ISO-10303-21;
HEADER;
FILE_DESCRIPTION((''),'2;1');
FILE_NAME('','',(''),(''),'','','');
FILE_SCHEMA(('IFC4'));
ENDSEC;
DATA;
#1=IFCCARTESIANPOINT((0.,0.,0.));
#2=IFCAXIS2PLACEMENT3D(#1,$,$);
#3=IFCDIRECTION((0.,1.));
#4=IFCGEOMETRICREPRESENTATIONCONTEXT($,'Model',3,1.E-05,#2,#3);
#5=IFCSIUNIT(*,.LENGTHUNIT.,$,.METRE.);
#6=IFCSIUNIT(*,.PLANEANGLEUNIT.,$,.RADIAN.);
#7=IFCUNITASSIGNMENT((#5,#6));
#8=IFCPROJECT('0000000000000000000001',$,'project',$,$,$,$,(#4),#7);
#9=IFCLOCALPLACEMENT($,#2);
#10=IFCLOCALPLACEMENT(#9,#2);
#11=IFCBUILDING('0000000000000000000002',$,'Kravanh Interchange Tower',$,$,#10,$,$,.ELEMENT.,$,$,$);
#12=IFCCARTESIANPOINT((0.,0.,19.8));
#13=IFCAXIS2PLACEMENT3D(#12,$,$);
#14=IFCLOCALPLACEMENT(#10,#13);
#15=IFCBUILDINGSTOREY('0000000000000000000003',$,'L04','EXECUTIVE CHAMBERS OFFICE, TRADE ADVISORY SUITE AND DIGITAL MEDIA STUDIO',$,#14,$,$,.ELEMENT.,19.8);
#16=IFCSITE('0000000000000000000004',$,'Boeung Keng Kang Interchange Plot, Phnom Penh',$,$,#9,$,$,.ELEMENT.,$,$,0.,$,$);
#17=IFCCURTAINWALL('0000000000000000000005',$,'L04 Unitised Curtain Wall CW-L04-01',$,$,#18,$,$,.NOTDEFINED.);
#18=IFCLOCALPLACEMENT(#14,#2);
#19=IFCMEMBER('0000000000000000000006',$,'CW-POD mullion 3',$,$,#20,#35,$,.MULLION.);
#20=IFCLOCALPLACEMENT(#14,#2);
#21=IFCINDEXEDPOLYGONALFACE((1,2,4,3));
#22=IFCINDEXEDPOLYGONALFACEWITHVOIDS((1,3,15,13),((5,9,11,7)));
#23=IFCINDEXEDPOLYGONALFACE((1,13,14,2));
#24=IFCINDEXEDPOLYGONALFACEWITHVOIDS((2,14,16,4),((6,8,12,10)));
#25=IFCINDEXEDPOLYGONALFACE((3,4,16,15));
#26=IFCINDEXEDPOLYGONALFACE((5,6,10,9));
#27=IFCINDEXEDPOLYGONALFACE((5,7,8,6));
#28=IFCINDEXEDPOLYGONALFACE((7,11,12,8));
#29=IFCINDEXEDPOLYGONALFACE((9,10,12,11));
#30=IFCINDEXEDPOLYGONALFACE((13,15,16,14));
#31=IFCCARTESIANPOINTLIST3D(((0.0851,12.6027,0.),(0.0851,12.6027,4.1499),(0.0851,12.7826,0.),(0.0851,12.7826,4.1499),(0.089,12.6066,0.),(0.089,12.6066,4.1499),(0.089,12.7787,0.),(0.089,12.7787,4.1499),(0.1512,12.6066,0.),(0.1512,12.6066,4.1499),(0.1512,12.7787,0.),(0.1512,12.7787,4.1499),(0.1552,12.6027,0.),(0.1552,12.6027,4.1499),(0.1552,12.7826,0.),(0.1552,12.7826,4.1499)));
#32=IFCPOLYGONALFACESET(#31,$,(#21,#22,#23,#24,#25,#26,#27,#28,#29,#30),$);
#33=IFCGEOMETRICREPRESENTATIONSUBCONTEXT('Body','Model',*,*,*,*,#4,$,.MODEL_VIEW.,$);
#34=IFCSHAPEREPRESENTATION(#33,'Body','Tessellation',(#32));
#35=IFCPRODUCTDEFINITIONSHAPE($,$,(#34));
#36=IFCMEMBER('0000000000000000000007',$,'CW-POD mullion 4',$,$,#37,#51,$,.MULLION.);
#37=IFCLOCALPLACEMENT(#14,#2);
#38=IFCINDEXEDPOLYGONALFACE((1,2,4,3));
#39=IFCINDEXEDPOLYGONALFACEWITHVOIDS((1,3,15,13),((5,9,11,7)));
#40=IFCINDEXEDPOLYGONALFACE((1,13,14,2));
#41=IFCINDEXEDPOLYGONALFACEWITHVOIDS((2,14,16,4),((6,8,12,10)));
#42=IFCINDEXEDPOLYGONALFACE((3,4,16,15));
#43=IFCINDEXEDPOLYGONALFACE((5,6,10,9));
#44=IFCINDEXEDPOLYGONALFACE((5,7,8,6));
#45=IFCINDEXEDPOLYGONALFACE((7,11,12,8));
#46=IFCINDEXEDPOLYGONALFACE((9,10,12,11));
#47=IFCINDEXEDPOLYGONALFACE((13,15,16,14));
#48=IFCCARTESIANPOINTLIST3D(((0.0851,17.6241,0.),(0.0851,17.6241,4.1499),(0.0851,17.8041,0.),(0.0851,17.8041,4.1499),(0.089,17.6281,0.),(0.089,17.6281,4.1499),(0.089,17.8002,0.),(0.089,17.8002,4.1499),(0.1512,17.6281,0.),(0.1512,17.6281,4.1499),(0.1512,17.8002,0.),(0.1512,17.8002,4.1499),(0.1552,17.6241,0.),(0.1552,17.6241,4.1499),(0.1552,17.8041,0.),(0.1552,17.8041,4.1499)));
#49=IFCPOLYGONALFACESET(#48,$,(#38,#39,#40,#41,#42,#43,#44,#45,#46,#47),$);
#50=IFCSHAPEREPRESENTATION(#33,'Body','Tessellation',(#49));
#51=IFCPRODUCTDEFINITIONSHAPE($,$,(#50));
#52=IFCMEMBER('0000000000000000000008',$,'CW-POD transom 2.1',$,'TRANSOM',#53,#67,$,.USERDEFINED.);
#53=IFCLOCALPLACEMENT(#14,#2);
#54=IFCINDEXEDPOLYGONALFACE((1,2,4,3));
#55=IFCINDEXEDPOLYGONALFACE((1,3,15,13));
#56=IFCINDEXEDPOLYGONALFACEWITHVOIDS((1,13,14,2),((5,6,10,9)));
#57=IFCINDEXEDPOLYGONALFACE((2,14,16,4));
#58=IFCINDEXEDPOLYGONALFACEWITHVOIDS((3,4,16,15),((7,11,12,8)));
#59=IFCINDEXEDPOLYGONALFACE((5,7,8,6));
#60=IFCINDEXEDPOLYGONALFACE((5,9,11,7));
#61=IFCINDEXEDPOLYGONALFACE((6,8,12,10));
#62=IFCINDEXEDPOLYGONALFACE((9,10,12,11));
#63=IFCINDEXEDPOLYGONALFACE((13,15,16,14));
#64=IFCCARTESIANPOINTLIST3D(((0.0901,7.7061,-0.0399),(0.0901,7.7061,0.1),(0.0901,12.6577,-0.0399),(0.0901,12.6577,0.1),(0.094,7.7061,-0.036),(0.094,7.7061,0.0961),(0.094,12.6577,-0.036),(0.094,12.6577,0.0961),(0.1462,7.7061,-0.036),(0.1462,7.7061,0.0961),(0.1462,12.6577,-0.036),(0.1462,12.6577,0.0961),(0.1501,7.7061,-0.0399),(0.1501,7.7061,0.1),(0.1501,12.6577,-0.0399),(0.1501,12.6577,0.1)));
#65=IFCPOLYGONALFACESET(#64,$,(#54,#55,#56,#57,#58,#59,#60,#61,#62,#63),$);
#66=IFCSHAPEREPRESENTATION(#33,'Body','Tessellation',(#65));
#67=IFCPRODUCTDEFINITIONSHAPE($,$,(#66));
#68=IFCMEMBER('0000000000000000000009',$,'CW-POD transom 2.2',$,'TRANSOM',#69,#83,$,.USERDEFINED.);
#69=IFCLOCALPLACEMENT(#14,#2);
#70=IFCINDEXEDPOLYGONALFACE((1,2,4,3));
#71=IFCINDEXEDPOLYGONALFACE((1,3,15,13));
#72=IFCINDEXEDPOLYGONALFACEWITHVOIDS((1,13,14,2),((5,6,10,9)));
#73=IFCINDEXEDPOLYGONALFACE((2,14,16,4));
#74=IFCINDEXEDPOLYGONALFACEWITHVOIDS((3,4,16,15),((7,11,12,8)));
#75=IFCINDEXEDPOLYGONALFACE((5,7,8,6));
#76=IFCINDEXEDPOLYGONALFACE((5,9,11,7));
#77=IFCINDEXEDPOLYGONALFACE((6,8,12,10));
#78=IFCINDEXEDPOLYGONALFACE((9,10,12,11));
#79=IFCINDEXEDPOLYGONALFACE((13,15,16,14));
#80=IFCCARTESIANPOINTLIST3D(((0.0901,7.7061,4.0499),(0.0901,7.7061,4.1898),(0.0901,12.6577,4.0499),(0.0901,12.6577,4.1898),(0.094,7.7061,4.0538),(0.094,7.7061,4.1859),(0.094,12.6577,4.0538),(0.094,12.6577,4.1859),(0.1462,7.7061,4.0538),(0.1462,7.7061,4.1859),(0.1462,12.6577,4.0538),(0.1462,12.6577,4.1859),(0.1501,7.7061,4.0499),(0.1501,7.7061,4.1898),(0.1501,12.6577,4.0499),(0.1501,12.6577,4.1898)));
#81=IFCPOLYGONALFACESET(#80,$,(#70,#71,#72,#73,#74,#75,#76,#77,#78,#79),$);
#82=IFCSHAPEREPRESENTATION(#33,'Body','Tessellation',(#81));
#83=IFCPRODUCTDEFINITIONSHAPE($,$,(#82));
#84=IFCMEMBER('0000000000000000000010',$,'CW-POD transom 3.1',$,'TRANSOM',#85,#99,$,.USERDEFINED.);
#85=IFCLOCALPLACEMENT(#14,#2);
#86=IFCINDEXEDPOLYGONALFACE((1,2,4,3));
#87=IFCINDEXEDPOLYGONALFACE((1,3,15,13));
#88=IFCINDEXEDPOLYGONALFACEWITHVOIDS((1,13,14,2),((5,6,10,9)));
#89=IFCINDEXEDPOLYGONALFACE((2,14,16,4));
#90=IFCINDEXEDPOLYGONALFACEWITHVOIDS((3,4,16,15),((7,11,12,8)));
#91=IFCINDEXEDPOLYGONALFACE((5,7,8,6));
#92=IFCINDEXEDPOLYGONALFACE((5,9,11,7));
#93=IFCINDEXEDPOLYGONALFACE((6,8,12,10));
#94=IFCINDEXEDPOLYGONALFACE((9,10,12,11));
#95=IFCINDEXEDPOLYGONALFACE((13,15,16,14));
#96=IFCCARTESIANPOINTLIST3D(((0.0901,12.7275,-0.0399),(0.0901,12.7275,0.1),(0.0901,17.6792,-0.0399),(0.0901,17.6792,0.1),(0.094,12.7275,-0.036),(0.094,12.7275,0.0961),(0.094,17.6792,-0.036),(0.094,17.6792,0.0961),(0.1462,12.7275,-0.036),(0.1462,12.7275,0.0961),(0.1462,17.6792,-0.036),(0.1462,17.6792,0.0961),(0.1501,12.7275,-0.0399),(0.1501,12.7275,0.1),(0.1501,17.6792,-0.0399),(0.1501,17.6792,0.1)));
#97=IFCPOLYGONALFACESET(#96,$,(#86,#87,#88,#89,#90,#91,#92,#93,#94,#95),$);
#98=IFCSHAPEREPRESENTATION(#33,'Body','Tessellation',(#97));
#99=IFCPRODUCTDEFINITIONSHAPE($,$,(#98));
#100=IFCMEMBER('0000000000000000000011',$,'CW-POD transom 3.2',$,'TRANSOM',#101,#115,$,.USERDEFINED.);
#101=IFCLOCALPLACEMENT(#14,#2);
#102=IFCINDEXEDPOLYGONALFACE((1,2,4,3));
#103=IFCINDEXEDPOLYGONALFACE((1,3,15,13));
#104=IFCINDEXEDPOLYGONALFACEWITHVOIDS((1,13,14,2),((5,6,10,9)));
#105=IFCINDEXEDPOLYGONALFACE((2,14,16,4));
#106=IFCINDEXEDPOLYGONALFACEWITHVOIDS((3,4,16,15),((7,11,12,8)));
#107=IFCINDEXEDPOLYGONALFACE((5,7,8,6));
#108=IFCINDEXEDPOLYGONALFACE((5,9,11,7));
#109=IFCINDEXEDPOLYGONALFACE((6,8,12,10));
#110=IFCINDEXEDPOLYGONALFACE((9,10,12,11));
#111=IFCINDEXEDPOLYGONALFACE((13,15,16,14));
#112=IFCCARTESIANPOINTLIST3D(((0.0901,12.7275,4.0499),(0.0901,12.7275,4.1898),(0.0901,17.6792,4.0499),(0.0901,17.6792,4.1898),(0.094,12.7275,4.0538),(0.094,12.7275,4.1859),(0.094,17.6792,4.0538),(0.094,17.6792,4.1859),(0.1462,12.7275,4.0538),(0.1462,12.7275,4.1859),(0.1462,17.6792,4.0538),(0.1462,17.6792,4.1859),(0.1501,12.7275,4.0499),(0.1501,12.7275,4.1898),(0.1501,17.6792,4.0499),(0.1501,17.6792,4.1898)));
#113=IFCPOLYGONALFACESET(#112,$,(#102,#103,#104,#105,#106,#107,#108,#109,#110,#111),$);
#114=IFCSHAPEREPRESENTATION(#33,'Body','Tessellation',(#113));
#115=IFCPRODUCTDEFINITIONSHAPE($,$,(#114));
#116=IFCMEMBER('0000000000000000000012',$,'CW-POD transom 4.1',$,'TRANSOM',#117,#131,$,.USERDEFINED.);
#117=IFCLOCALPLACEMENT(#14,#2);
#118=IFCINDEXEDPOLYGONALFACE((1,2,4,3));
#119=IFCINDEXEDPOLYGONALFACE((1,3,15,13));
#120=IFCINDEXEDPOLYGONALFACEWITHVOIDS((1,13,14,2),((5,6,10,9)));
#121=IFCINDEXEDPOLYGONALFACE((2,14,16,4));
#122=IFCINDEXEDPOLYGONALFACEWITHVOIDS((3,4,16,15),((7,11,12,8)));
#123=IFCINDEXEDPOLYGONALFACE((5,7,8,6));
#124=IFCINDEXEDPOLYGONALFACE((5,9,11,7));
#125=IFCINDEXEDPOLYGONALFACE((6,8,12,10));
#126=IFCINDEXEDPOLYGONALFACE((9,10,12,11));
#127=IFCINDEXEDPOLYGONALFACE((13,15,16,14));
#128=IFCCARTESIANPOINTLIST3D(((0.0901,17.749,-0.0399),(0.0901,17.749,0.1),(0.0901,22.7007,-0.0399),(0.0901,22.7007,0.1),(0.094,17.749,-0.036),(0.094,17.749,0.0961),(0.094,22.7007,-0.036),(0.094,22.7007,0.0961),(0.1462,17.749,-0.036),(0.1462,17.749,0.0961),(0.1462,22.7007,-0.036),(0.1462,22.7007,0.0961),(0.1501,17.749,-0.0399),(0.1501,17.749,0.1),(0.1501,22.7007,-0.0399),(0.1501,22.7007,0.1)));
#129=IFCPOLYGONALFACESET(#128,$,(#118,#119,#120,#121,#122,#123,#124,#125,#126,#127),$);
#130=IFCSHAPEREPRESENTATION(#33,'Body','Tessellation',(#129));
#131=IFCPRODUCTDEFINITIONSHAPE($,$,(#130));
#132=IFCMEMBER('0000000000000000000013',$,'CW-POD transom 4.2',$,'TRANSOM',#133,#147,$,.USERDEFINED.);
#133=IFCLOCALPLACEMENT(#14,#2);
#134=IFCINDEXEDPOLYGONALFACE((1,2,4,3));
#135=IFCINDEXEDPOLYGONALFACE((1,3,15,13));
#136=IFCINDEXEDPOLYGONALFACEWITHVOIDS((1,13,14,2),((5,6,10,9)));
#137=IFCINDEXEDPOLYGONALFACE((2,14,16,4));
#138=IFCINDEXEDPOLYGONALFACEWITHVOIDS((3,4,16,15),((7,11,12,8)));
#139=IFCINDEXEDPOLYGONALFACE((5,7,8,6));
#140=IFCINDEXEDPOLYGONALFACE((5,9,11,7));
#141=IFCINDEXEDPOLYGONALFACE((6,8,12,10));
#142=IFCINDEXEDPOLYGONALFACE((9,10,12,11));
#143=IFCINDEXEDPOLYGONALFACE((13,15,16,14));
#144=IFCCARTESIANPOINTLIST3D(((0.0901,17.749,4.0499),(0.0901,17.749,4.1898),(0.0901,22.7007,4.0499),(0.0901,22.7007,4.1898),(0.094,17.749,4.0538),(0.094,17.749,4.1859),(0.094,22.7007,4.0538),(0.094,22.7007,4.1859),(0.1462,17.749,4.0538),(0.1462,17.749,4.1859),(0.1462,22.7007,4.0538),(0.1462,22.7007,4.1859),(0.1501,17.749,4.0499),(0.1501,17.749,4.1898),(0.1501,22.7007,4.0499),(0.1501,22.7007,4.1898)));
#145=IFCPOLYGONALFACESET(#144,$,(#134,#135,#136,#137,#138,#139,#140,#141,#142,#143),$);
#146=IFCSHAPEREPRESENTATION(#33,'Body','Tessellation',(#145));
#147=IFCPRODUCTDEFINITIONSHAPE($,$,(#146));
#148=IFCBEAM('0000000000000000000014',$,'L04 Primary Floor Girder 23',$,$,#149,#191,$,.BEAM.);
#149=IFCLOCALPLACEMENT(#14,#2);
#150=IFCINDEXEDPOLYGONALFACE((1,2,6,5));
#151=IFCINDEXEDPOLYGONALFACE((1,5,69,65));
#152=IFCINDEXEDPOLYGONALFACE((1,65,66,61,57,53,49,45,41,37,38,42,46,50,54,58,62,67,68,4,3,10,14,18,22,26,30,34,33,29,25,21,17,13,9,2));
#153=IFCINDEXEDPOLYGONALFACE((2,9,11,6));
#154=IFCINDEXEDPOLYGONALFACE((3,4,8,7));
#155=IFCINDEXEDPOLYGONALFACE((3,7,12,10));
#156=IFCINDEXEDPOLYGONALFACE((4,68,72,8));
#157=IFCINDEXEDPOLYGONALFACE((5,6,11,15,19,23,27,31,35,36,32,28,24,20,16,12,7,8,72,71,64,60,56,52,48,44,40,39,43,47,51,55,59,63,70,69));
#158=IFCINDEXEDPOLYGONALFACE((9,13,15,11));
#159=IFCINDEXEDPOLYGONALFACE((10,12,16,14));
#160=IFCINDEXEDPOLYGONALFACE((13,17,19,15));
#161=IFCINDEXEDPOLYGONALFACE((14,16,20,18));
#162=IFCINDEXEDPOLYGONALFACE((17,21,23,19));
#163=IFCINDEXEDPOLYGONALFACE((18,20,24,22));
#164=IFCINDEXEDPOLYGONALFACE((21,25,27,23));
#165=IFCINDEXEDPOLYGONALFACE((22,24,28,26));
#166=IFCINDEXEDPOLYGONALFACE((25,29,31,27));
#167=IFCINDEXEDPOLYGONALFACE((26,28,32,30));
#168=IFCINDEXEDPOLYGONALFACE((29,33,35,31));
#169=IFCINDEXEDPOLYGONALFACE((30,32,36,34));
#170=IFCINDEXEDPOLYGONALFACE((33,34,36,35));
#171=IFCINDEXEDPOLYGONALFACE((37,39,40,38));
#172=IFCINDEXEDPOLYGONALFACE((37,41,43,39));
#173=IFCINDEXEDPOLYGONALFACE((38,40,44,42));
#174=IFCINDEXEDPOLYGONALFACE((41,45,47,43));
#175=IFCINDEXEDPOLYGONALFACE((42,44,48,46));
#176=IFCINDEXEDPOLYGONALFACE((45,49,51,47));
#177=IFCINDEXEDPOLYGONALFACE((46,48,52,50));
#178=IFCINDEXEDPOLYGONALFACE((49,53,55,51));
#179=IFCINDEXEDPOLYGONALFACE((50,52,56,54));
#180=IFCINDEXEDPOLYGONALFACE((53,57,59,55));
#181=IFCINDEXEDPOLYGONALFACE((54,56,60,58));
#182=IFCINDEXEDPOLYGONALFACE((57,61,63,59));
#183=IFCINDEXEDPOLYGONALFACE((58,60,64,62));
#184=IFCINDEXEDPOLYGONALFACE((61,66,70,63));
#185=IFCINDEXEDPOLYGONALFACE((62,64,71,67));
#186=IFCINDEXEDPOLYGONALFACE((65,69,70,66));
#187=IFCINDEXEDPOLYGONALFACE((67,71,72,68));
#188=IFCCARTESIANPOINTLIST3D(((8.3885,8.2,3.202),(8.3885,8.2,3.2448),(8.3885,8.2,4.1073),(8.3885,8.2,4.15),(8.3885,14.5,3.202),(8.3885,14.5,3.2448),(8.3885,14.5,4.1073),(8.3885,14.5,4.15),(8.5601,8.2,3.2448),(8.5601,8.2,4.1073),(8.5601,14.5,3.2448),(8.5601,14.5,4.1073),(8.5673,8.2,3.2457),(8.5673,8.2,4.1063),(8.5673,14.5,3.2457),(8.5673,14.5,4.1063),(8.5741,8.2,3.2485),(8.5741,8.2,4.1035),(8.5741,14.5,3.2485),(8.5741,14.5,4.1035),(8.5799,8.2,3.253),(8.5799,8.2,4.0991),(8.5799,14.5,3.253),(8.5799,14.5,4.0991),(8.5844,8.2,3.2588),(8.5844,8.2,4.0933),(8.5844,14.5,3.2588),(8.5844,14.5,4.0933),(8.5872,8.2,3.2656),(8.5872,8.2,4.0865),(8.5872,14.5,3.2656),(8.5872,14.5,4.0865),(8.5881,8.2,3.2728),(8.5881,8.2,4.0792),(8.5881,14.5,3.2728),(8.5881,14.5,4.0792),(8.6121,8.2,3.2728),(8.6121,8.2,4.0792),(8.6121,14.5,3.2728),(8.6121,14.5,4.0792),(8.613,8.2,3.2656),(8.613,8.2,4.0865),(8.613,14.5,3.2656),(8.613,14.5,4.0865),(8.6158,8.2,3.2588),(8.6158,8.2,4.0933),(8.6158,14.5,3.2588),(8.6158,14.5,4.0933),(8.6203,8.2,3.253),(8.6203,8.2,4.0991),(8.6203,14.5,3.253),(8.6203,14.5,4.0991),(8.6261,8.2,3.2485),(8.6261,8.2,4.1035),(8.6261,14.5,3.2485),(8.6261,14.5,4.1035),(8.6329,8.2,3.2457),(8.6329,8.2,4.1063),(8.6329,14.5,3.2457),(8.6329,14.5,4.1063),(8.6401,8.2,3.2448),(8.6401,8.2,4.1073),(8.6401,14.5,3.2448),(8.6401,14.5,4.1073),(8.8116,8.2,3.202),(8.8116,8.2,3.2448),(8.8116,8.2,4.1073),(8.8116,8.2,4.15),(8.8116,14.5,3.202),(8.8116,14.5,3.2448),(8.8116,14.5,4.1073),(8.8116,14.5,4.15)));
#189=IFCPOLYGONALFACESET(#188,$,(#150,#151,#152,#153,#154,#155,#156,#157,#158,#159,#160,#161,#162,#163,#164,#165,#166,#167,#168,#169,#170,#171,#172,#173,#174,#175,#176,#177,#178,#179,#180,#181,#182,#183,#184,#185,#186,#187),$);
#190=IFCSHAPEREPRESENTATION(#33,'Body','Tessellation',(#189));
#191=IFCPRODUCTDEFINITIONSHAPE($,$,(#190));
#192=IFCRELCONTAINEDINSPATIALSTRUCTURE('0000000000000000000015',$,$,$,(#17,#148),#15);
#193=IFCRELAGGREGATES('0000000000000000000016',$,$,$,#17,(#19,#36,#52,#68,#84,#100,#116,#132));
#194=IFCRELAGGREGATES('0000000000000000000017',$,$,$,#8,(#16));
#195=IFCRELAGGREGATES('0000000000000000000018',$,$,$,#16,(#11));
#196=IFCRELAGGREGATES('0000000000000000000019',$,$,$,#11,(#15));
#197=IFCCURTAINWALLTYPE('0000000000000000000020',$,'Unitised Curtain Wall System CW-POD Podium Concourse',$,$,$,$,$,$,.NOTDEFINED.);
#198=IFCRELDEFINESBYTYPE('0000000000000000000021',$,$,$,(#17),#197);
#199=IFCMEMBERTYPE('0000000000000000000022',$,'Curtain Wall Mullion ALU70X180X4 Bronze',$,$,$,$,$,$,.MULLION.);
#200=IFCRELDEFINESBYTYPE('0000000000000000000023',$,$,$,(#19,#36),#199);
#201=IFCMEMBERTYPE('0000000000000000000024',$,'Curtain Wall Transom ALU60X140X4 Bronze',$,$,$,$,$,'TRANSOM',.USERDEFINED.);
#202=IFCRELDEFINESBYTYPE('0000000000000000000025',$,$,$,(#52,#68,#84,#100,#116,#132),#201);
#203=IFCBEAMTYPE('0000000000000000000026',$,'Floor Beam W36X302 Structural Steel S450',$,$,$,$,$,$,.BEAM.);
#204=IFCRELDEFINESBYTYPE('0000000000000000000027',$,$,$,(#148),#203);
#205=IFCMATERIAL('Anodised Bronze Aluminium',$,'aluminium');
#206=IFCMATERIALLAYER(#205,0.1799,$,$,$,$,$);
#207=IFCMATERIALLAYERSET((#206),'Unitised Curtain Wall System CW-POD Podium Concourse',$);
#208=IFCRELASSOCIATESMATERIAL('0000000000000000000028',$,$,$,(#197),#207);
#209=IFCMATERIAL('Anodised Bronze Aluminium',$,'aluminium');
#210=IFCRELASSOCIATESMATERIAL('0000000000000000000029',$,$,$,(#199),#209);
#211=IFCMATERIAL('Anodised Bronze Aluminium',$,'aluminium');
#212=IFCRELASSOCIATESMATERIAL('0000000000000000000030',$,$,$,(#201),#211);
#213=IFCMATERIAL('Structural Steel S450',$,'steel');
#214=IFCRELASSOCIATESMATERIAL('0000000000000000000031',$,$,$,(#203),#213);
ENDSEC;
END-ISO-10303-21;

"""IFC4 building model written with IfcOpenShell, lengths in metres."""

from ifc_helpers import new_model, si_unit, direction, frame, origin, origin_2d, place, context, subcontext, project, spatial, hollow_rectangle, i_section, extrude, material, layer, layer_set, material_profile, profile_set, type_object, element, aggregate, save


model = new_model("IFC4")

# Units and contexts
model_context = context("Model", 3, precision=1e-05, world=origin(), true_north=direction((0.0, 1.0)))
body_context = subcontext(model_context, "Body", "Model", "MODEL_VIEW")
ifc_project = project(units=[si_unit("LENGTHUNIT", "METRE"), si_unit("PLANEANGLEUNIT", "RADIAN")], contexts=[model_context])

# Site, building, storey
site_placement = place(None, origin())
site = spatial("IfcSite", under=ifc_project, at=site_placement, Name="Boeung Keng Kang Interchange Plot, Phnom Penh", CompositionType="ELEMENT", RefElevation=0.0)
building_placement = place(site_placement, origin())
building = spatial("IfcBuilding", under=site, at=building_placement, Name="Kravanh Interchange Tower", CompositionType="ELEMENT")
storey_placement = place(building_placement, frame((0.0, 0.0, 19.8)))
storey = spatial("IfcBuildingStorey", under=building, at=storey_placement, Name="L04", Description="EXECUTIVE CHAMBERS OFFICE, TRADE ADVISORY SUITE AND DIGITAL MEDIA STUDIO", CompositionType="ELEMENT", Elevation=19.8)

# Curtain wall, members
ifc_material_1 = material(Name="Anodised Bronze Aluminium", Category="aluminium")
ifc_layer_1 = layer(ifc_material_1, 0.1799)
ifc_layer_set_1 = layer_set([ifc_layer_1], Name="Unitised Curtain Wall System CW-POD Podium Concourse")
curtain_wall_type = type_object("IfcCurtainWallType", Name="Unitised Curtain Wall System CW-POD Podium Concourse", PredefinedType="NOTDEFINED", material=ifc_layer_set_1)
curtain_wall_placement = place(storey_placement, origin())
curtain_wall = element("IfcCurtainWall", 1, at=curtain_wall_placement, inside=storey, type_object=curtain_wall_type, Name="L04 Unitised Curtain Wall CW-L04-01", PredefinedType="NOTDEFINED")
ifc_material_2 = material(Name="Anodised Bronze Aluminium", Category="aluminium")
ifc_material_profile_1 = material_profile(ifc_material_2, hollow_rectangle(XDim=0.0701, YDim=0.1799, WallThickness=0.0039, at=origin_2d()), Name="ALU70X180X4")
ifc_profile_set_1 = profile_set([ifc_material_profile_1], Name="Anodised Bronze Aluminium")
member_type_1 = type_object("IfcMemberType", Name="Curtain Wall Mullion ALU70X180X4 Bronze", PredefinedType="MULLION", material=ifc_profile_set_1)
member_1_placement = place(storey_placement, frame((0.1201, 12.6926, 0.0), z_axis=(0.0, 0.0, 1.0), x_axis=(-1.0, 0.0, 0.0)))
member_1 = element("IfcMember", 2, at=member_1_placement, type_object=member_type_1, Name="CW-POD mullion 3", PredefinedType="MULLION", context=body_context, shape_type="SweptSolid", body=[
    extrude(hollow_rectangle(XDim=0.0701, YDim=0.1799, WallThickness=0.0039, at=origin_2d()), origin(), (0.0, 0.0, 1.0), 4.1499),
])
member_2_placement = place(storey_placement, frame((0.1201, 17.7141, 0.0), z_axis=(0.0, 0.0, 1.0), x_axis=(-1.0, 0.0, 0.0)))
member_2 = element("IfcMember", 3, at=member_2_placement, type_object=member_type_1, Name="CW-POD mullion 4", PredefinedType="MULLION", context=body_context, shape_type="SweptSolid", body=[
    extrude(hollow_rectangle(XDim=0.0701, YDim=0.1799, WallThickness=0.0039, at=origin_2d()), origin(), (0.0, 0.0, 1.0), 4.1499),
])
ifc_material_3 = material(Name="Anodised Bronze Aluminium", Category="aluminium")
ifc_material_profile_2 = material_profile(ifc_material_3, hollow_rectangle(XDim=0.0601, YDim=0.1399, WallThickness=0.0039, at=origin_2d()), Name="ALU60X140X4")
ifc_profile_set_2 = profile_set([ifc_material_profile_2], Name="Anodised Bronze Aluminium")
member_type_2 = type_object("IfcMemberType", Name="Curtain Wall Transom ALU60X140X4 Bronze", ElementType="TRANSOM", PredefinedType="USERDEFINED", material=ifc_profile_set_2)
member_3_placement = place(storey_placement, frame((0.1201, 7.7061, 0.03), z_axis=(0.0, 1.0, 0.0), x_axis=(-1.0, 0.0, 0.0)))
member_3 = element("IfcMember", 4, at=member_3_placement, type_object=member_type_2, Name="CW-POD transom 2.1", ObjectType="TRANSOM", PredefinedType="USERDEFINED", context=body_context, shape_type="SweptSolid", body=[
    extrude(hollow_rectangle(XDim=0.0601, YDim=0.1399, WallThickness=0.0039, at=origin_2d()), origin(), (0.0, 0.0, 1.0), 4.9517),
])
member_4_placement = place(storey_placement, frame((0.1201, 7.7061, 4.1199), z_axis=(0.0, 1.0, 0.0), x_axis=(-1.0, 0.0, 0.0)))
member_4 = element("IfcMember", 5, at=member_4_placement, type_object=member_type_2, Name="CW-POD transom 2.2", ObjectType="TRANSOM", PredefinedType="USERDEFINED", context=body_context, shape_type="SweptSolid", body=[
    extrude(hollow_rectangle(XDim=0.0601, YDim=0.1399, WallThickness=0.0039, at=origin_2d()), origin(), (0.0, 0.0, 1.0), 4.9517),
])
member_5_placement = place(storey_placement, frame((0.1201, 12.7275, 0.03), z_axis=(0.0, 1.0, 0.0), x_axis=(-1.0, 0.0, 0.0)))
member_5 = element("IfcMember", 6, at=member_5_placement, type_object=member_type_2, Name="CW-POD transom 3.1", ObjectType="TRANSOM", PredefinedType="USERDEFINED", context=body_context, shape_type="SweptSolid", body=[
    extrude(hollow_rectangle(XDim=0.0601, YDim=0.1399, WallThickness=0.0039, at=origin_2d()), origin(), (0.0, 0.0, 1.0), 4.9517),
])
member_6_placement = place(storey_placement, frame((0.1201, 12.7275, 4.1199), z_axis=(0.0, 1.0, 0.0), x_axis=(-1.0, 0.0, 0.0)))
member_6 = element("IfcMember", 7, at=member_6_placement, type_object=member_type_2, Name="CW-POD transom 3.2", ObjectType="TRANSOM", PredefinedType="USERDEFINED", context=body_context, shape_type="SweptSolid", body=[
    extrude(hollow_rectangle(XDim=0.0601, YDim=0.1399, WallThickness=0.0039, at=origin_2d()), origin(), (0.0, 0.0, 1.0), 4.9517),
])
member_7_placement = place(storey_placement, frame((0.1201, 17.749, 0.03), z_axis=(0.0, 1.0, 0.0), x_axis=(-1.0, 0.0, 0.0)))
member_7 = element("IfcMember", 8, at=member_7_placement, type_object=member_type_2, Name="CW-POD transom 4.1", ObjectType="TRANSOM", PredefinedType="USERDEFINED", context=body_context, shape_type="SweptSolid", body=[
    extrude(hollow_rectangle(XDim=0.0601, YDim=0.1399, WallThickness=0.0039, at=origin_2d()), origin(), (0.0, 0.0, 1.0), 4.9517),
])
member_8_placement = place(storey_placement, frame((0.1201, 17.749, 4.1199), z_axis=(0.0, 1.0, 0.0), x_axis=(-1.0, 0.0, 0.0)))
member_8 = element("IfcMember", 9, at=member_8_placement, type_object=member_type_2, Name="CW-POD transom 4.2", ObjectType="TRANSOM", PredefinedType="USERDEFINED", context=body_context, shape_type="SweptSolid", body=[
    extrude(hollow_rectangle(XDim=0.0601, YDim=0.1399, WallThickness=0.0039, at=origin_2d()), origin(), (0.0, 0.0, 1.0), 4.9517),
])

# Beam
ifc_material_4 = material(Name="Structural Steel S450", Category="steel")
ifc_material_profile_3 = material_profile(ifc_material_4, i_section(OverallWidth=0.4231, OverallDepth=0.948, WebThickness=0.0239, FlangeThickness=0.0427, FilletRadius=0.0281, at=origin_2d()), Name="W36X302")
ifc_profile_set_3 = profile_set([ifc_material_profile_3], Name="Structural Steel S450")
beam_type_1 = type_object("IfcBeamType", Name="Floor Beam W36X302 Structural Steel S450", PredefinedType="BEAM", material=ifc_profile_set_3)
beam_1_placement = place(storey_placement, frame((8.6001, 8.2, 3.676), z_axis=(0.0, 1.0, 0.0), x_axis=(-1.0, 0.0, 0.0)))
element("IfcBeam", 10, at=beam_1_placement, inside=storey, type_object=beam_type_1, Name="L04 Primary Floor Girder 23", PredefinedType="BEAM", context=body_context, shape_type="SweptSolid", body=[
    extrude(i_section(OverallWidth=0.4231, OverallDepth=0.948, WebThickness=0.0239, FlangeThickness=0.0427, FilletRadius=0.0281, at=origin_2d()), origin(), (0.0, 0.0, 1.0), 6.3),
])

aggregate(curtain_wall, [member_1, member_2, member_3, member_4, member_5, member_6, member_7, member_8])

save(model, "model.ifc")
